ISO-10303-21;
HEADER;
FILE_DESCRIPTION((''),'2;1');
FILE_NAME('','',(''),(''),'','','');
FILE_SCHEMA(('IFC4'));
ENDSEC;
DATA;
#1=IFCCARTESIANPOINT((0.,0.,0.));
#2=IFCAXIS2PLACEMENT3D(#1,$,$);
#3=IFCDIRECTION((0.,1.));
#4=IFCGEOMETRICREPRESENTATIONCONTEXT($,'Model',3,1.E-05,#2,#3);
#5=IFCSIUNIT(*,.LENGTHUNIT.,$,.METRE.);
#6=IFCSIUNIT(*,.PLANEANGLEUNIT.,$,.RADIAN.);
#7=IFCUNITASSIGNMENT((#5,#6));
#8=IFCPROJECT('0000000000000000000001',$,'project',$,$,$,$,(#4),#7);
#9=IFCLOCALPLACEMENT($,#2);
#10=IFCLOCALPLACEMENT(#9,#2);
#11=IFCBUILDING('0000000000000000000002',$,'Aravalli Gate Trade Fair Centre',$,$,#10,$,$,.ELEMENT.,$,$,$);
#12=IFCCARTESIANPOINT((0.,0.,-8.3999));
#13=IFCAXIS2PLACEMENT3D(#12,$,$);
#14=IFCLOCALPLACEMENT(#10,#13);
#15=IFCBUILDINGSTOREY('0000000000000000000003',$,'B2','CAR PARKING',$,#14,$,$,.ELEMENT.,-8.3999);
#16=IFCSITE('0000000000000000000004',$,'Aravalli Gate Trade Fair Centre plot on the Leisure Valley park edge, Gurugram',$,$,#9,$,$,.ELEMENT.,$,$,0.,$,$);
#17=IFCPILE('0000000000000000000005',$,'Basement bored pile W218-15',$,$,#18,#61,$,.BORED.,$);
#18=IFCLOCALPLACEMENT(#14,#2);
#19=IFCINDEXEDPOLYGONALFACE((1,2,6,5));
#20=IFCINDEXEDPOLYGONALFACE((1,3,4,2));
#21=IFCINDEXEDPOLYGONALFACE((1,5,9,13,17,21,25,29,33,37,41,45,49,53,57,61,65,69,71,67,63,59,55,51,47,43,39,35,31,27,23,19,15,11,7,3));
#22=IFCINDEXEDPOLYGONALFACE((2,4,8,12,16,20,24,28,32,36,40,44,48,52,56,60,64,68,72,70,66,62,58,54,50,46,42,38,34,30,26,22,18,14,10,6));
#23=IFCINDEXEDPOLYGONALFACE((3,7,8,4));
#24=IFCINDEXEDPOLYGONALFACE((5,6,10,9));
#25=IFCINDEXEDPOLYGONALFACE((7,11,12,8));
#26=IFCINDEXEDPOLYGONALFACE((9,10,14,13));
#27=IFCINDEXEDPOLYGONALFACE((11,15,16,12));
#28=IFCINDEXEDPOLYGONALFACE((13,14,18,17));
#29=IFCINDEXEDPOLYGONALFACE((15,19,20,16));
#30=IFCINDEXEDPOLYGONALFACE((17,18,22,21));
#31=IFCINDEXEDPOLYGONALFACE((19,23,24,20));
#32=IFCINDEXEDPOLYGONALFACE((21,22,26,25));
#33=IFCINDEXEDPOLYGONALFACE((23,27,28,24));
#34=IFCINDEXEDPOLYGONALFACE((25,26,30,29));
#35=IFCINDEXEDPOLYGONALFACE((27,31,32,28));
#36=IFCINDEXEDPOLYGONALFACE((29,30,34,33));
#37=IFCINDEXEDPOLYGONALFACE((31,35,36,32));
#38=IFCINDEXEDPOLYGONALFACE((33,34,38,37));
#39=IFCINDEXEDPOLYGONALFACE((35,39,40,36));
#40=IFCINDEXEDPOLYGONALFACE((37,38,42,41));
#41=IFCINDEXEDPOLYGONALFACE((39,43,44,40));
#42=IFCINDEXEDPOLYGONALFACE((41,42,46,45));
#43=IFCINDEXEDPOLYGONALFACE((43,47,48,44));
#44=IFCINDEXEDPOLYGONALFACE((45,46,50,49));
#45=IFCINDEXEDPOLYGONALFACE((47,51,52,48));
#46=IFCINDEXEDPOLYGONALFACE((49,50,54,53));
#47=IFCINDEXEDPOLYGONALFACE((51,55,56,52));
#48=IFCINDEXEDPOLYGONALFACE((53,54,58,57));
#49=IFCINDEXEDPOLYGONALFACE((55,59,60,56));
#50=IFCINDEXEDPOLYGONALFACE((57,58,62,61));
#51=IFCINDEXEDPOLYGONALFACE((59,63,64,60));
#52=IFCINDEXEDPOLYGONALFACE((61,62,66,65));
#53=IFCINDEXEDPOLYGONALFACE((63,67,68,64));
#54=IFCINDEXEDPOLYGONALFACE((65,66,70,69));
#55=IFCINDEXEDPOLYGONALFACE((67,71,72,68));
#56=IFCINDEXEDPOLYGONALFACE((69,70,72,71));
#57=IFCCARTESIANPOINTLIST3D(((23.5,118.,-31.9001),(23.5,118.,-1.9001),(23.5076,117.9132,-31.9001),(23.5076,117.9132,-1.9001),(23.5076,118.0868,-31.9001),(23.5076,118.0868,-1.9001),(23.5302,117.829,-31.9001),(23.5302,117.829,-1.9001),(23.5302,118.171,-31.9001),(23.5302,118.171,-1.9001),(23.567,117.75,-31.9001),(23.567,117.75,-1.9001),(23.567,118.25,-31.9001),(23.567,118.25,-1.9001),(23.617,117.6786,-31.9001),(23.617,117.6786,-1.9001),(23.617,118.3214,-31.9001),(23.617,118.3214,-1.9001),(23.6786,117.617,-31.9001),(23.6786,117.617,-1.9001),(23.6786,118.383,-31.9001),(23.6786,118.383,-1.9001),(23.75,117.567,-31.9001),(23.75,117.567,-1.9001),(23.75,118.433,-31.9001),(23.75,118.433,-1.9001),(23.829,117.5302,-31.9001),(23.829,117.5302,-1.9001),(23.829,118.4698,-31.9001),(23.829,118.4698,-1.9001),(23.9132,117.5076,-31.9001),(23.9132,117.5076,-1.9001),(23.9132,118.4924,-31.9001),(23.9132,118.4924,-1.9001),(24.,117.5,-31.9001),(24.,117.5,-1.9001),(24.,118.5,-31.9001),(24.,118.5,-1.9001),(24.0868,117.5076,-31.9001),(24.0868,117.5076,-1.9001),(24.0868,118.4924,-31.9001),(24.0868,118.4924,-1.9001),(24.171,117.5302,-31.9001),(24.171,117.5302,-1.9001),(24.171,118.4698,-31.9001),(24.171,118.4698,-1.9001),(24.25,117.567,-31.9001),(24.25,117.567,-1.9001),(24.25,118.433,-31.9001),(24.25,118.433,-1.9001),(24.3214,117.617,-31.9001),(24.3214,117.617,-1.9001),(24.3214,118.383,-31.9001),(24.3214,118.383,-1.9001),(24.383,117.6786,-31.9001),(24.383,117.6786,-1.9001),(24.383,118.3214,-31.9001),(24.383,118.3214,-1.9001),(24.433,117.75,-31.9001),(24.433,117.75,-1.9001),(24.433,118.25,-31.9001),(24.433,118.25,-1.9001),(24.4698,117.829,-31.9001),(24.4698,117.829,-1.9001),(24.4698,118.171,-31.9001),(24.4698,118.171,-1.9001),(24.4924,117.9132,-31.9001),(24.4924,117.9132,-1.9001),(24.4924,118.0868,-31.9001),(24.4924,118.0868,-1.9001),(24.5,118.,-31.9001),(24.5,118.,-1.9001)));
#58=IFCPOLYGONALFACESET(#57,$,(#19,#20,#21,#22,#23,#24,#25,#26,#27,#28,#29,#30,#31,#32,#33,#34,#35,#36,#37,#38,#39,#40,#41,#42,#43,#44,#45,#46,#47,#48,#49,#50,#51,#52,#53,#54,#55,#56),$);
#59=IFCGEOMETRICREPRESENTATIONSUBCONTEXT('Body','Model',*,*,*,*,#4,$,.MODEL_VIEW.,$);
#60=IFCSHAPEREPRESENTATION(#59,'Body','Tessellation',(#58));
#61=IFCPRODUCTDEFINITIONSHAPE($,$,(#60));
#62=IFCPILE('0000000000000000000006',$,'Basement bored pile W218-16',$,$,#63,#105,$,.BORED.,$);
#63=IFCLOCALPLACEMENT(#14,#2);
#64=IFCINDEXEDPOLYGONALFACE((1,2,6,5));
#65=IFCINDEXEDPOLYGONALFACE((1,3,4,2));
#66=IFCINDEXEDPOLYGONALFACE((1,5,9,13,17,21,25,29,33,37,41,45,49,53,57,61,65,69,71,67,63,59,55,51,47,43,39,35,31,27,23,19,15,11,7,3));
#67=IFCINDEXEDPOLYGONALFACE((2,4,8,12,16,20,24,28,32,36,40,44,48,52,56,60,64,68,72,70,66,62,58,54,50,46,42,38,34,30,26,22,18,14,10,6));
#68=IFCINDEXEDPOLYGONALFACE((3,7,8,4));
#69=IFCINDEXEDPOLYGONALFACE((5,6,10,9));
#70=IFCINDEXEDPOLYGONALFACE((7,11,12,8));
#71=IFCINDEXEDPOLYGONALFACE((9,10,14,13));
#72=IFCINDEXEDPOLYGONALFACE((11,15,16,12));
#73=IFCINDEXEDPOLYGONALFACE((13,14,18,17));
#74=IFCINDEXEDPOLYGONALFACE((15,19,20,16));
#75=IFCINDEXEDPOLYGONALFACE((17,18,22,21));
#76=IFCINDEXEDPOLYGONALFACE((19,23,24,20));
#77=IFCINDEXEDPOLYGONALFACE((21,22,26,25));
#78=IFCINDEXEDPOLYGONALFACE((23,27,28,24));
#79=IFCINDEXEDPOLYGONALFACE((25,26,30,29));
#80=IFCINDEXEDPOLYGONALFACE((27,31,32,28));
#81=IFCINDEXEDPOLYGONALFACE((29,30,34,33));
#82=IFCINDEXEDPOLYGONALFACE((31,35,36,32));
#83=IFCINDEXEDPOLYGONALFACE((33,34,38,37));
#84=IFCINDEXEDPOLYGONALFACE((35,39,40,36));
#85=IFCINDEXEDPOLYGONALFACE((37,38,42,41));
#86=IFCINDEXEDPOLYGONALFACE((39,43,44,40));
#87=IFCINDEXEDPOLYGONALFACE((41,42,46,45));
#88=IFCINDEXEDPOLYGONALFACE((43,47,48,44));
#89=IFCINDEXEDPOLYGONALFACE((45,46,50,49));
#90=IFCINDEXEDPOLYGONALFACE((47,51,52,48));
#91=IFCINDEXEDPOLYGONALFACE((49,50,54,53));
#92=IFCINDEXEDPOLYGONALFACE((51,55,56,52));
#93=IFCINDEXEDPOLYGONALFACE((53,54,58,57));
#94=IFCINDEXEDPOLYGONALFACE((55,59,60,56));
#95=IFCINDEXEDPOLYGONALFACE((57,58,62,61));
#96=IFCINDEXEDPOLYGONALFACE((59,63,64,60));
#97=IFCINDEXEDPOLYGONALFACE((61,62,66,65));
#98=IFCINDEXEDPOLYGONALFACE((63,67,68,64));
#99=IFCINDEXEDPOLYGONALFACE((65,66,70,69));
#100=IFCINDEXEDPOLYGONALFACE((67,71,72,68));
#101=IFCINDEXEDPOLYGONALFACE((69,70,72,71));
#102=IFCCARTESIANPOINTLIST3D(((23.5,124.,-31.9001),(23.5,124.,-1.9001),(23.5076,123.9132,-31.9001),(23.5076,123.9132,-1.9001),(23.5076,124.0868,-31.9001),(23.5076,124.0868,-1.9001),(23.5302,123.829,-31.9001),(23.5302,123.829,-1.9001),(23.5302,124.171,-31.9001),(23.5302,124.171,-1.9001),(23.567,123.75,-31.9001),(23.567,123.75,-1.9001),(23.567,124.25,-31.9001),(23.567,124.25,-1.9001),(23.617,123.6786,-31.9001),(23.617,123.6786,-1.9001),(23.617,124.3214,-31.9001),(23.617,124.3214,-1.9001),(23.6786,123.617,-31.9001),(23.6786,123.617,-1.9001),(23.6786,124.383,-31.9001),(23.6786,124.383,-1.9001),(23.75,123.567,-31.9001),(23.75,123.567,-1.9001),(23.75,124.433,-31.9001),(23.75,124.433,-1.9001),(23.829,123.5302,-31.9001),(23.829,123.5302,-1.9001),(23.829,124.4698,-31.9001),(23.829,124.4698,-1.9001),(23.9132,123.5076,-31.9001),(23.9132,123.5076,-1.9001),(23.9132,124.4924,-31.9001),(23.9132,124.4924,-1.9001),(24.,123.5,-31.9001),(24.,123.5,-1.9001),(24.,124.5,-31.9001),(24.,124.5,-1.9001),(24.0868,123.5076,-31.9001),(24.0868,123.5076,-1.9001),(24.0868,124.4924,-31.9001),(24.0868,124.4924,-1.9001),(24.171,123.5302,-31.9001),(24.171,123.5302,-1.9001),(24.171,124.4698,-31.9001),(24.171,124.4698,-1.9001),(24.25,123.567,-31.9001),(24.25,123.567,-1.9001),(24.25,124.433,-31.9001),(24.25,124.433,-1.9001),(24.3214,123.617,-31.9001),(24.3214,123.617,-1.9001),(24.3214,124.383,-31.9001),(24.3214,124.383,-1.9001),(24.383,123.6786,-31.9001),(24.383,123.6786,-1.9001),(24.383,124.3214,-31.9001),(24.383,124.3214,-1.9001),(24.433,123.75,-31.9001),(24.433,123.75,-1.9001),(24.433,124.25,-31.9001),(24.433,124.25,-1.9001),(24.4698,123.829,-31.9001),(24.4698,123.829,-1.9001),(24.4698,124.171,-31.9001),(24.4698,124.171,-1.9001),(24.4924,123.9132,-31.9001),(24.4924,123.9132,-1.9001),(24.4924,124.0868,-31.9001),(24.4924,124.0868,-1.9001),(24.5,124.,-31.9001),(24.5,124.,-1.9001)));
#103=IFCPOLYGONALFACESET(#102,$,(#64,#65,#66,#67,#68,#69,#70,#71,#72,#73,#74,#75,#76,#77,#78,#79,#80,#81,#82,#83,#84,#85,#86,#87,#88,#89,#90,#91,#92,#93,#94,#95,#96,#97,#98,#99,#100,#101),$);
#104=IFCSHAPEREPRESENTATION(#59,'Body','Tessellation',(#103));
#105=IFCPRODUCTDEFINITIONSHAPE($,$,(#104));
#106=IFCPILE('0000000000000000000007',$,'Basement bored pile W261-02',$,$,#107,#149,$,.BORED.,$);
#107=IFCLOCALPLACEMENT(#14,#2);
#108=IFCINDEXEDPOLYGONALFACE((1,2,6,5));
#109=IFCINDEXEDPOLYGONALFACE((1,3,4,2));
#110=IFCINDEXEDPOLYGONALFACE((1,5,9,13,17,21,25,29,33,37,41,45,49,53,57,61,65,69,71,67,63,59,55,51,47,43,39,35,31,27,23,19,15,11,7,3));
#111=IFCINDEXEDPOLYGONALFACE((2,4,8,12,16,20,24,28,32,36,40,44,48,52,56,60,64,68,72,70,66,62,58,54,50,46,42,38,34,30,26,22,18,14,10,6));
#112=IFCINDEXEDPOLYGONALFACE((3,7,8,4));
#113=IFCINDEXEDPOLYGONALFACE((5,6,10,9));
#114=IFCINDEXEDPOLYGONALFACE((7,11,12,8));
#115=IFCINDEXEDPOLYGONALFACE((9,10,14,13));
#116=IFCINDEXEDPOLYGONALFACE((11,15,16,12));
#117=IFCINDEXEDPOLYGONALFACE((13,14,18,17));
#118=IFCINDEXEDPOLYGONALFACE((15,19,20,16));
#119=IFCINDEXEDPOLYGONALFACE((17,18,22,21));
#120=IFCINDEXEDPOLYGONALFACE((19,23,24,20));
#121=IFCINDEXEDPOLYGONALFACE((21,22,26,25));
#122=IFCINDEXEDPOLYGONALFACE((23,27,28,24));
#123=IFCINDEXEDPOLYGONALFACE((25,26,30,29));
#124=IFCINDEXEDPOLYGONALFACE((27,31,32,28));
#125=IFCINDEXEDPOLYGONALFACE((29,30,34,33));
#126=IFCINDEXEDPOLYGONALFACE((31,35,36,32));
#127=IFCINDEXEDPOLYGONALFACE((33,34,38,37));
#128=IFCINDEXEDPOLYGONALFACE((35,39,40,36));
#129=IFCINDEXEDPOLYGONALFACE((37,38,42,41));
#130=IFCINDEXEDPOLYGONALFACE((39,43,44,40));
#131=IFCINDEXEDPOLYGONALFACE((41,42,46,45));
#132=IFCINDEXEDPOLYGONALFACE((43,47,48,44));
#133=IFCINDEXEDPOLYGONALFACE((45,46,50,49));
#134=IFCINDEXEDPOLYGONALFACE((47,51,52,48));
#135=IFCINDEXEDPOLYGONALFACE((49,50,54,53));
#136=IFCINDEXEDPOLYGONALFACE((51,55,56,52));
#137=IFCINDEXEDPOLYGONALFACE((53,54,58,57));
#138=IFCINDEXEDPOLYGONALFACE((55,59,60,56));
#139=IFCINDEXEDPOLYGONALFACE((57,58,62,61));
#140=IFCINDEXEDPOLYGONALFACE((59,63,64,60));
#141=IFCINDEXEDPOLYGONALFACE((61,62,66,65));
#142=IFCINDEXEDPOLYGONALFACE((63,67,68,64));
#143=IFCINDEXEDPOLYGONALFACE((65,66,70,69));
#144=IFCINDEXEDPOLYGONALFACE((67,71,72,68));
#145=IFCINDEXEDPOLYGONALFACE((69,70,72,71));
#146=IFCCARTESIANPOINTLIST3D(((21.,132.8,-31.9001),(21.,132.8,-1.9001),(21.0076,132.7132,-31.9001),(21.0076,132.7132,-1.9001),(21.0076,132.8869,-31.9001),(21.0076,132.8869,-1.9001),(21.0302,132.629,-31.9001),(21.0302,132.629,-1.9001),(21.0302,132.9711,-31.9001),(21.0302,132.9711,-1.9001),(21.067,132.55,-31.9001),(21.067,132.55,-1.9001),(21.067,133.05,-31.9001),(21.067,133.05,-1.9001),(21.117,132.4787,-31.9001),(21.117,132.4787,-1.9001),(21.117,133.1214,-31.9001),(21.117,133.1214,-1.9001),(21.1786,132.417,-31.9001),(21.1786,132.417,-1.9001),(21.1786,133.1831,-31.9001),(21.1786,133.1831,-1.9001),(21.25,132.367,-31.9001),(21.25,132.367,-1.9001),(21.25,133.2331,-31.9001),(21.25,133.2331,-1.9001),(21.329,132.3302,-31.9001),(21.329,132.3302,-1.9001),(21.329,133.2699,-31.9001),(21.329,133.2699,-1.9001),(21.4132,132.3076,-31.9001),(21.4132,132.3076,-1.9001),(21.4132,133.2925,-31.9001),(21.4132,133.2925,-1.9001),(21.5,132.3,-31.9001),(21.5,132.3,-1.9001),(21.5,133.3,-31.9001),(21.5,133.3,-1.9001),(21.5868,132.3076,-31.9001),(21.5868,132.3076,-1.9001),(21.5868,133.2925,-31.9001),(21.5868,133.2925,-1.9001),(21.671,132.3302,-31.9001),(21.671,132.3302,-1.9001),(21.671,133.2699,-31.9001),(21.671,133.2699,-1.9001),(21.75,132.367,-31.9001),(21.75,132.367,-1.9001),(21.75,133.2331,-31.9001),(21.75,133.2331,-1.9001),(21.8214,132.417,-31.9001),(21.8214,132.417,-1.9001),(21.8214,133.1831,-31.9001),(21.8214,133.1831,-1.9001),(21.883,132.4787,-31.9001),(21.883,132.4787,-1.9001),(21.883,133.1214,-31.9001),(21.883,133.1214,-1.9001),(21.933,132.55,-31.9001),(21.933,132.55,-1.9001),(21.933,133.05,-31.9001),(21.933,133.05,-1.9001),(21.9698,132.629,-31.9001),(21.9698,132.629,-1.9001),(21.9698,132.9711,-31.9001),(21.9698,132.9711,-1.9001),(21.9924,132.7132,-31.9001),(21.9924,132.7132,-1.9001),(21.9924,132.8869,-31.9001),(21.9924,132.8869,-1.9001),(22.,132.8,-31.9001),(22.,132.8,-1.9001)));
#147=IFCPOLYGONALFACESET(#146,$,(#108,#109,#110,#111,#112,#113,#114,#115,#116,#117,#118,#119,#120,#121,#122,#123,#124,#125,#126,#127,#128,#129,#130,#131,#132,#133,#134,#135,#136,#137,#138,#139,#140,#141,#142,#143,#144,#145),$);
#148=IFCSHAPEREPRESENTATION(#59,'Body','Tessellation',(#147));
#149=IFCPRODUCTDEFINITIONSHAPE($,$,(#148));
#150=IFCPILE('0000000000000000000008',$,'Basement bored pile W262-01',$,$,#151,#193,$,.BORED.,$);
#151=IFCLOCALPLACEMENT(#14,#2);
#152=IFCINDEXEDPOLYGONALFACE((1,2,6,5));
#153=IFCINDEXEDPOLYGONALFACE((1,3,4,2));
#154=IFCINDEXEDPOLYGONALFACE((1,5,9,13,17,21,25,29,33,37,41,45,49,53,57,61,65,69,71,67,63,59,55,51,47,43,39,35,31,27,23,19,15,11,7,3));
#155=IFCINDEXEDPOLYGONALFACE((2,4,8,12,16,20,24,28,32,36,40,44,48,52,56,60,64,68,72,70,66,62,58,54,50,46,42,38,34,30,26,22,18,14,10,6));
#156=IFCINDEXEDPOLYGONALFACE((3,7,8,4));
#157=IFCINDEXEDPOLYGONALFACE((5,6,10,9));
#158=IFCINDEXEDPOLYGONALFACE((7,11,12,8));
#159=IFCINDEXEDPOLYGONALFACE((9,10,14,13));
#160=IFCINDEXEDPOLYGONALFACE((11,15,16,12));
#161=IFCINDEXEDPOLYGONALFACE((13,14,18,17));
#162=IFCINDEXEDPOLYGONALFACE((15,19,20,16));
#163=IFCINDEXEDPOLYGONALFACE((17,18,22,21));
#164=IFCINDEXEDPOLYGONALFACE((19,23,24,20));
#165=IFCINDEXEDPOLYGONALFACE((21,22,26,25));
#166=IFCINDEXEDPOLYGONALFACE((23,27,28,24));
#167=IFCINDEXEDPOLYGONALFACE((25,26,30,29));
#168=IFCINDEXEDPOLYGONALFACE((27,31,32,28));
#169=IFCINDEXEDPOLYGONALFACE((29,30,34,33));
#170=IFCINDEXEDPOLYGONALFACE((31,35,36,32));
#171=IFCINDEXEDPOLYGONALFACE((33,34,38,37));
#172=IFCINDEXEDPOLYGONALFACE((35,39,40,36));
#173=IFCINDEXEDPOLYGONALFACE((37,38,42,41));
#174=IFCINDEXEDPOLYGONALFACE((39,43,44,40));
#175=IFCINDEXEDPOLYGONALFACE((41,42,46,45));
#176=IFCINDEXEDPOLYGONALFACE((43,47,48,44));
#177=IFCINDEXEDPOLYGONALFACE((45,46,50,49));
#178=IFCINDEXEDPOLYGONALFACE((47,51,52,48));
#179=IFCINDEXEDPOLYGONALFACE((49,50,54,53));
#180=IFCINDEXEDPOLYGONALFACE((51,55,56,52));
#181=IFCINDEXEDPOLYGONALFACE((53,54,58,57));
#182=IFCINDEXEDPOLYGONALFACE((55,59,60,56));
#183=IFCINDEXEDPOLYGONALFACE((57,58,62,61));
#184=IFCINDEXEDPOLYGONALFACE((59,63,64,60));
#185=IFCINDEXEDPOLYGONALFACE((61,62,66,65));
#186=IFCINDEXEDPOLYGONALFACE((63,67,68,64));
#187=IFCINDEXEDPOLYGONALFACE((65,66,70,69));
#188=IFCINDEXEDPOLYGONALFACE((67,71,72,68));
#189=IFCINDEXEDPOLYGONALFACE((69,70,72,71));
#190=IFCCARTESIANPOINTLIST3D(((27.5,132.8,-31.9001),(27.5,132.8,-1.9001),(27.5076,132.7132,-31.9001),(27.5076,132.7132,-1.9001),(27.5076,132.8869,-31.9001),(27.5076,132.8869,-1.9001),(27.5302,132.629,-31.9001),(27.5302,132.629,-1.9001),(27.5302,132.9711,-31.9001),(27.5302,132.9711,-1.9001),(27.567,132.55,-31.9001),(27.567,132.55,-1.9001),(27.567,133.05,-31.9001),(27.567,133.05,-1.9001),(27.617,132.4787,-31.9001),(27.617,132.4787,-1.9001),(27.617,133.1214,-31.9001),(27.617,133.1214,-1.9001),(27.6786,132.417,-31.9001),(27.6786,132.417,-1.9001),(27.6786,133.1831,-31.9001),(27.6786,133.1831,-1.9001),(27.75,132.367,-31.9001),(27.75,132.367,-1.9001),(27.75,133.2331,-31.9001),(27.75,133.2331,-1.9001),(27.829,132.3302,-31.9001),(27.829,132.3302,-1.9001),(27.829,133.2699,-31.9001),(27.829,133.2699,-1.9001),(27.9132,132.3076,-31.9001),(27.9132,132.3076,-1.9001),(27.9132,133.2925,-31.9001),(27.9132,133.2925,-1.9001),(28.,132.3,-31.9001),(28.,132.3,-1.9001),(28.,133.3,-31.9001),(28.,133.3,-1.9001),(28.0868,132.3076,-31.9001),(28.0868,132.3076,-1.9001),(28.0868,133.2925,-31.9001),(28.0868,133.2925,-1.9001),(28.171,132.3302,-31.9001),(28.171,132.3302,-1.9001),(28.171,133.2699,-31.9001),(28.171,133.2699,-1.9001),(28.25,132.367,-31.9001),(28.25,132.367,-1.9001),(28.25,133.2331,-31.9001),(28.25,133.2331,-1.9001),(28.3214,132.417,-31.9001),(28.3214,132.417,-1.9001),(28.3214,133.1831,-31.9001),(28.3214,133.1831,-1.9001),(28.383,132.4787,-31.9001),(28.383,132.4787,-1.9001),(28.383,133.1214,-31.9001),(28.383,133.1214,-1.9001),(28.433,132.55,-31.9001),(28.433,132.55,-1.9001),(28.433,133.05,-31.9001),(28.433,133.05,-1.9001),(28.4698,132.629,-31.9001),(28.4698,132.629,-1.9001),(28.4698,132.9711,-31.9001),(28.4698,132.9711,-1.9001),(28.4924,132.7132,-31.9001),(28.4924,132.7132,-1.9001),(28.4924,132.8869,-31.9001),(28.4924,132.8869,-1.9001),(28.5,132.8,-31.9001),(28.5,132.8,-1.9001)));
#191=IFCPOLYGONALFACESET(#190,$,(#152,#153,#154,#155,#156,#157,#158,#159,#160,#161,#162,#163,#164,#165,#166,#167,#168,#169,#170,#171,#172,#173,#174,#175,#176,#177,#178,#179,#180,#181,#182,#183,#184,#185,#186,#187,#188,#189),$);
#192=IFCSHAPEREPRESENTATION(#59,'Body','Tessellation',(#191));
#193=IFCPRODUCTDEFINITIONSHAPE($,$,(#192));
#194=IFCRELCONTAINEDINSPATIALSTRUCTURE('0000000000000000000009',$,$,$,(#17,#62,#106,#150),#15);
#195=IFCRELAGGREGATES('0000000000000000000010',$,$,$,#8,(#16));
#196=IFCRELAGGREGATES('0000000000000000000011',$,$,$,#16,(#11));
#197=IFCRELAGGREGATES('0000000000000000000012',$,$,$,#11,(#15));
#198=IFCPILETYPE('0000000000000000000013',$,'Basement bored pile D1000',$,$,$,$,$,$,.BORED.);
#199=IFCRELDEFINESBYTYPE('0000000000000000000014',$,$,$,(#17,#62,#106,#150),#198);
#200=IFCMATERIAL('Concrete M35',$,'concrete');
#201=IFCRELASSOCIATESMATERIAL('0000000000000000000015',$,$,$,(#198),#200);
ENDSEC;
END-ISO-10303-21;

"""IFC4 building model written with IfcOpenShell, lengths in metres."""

from ifc_helpers import new_model, si_unit, direction, frame, origin, origin_2d, place, context, subcontext, project, spatial, circle, extrude, material, material_profile, profile_set, type_object, element, save


model = new_model("IFC4")

# Units and contexts
model_context = context("Model", 3, precision=1e-05, world=origin(), true_north=direction((0.0, 1.0)))
body_context = subcontext(model_context, "Body", "Model", "MODEL_VIEW")
ifc_project = project(units=[si_unit("LENGTHUNIT", "METRE"), si_unit("PLANEANGLEUNIT", "RADIAN")], contexts=[model_context])

# Site, building, storey
site_placement = place(None, origin())
site = spatial("IfcSite", under=ifc_project, at=site_placement, Name="Aravalli Gate Trade Fair Centre plot on the Leisure Valley park edge, Gurugram", CompositionType="ELEMENT", RefElevation=0.0)
building_placement = place(site_placement, origin())
building = spatial("IfcBuilding", under=site, at=building_placement, Name="Aravalli Gate Trade Fair Centre", CompositionType="ELEMENT")
storey_placement = place(building_placement, frame((0.0, 0.0, -8.3999)))
storey = spatial("IfcBuildingStorey", under=building, at=storey_placement, Name="B2", Description="CAR PARKING", CompositionType="ELEMENT", Elevation=-8.3999)

# Piles
ifc_material_1 = material(Name="Concrete M35", Category="concrete")
ifc_material_profile_1 = material_profile(ifc_material_1, circle(Radius=0.5, at=origin_2d()), Name="D1000")
ifc_profile_set_1 = profile_set([ifc_material_profile_1], Name="Concrete M35")
pile_type = type_object("IfcPileType", Name="Basement bored pile D1000", PredefinedType="BORED", material=ifc_profile_set_1)
for number, where, z_axis, x_axis, name in (
    (1, (24.0, 118.0, -1.9001), (0.0, 0.0, -1.0), (1.0, 0.0, 0.0), "Basement bored pile W218-15"),
    (2, (24.0, 124.0, -1.9001), (0.0, 0.0, -1.0), (1.0, 0.0, 0.0), "Basement bored pile W218-16"),
    (3, (21.5, 132.8, -1.9001), (0.0, 0.0, -1.0), (1.0, 0.0, 0.0), "Basement bored pile W261-02"),
    (4, (28.0, 132.8, -1.9001), (0.0, 0.0, -1.0), (1.0, 0.0, 0.0), "Basement bored pile W262-01"),
):
    element("IfcPile", number, at=place(storey_placement, frame(where, z_axis=z_axis, x_axis=x_axis)), inside=storey, type_object=pile_type, Name=name, PredefinedType="BORED", context=body_context, shape_type="SweptSolid", body=[
        extrude(circle(Radius=0.5, at=origin_2d()), origin(), (0.0, 0.0, 1.0), 30.0),
    ])

save(model, "model.ifc")
